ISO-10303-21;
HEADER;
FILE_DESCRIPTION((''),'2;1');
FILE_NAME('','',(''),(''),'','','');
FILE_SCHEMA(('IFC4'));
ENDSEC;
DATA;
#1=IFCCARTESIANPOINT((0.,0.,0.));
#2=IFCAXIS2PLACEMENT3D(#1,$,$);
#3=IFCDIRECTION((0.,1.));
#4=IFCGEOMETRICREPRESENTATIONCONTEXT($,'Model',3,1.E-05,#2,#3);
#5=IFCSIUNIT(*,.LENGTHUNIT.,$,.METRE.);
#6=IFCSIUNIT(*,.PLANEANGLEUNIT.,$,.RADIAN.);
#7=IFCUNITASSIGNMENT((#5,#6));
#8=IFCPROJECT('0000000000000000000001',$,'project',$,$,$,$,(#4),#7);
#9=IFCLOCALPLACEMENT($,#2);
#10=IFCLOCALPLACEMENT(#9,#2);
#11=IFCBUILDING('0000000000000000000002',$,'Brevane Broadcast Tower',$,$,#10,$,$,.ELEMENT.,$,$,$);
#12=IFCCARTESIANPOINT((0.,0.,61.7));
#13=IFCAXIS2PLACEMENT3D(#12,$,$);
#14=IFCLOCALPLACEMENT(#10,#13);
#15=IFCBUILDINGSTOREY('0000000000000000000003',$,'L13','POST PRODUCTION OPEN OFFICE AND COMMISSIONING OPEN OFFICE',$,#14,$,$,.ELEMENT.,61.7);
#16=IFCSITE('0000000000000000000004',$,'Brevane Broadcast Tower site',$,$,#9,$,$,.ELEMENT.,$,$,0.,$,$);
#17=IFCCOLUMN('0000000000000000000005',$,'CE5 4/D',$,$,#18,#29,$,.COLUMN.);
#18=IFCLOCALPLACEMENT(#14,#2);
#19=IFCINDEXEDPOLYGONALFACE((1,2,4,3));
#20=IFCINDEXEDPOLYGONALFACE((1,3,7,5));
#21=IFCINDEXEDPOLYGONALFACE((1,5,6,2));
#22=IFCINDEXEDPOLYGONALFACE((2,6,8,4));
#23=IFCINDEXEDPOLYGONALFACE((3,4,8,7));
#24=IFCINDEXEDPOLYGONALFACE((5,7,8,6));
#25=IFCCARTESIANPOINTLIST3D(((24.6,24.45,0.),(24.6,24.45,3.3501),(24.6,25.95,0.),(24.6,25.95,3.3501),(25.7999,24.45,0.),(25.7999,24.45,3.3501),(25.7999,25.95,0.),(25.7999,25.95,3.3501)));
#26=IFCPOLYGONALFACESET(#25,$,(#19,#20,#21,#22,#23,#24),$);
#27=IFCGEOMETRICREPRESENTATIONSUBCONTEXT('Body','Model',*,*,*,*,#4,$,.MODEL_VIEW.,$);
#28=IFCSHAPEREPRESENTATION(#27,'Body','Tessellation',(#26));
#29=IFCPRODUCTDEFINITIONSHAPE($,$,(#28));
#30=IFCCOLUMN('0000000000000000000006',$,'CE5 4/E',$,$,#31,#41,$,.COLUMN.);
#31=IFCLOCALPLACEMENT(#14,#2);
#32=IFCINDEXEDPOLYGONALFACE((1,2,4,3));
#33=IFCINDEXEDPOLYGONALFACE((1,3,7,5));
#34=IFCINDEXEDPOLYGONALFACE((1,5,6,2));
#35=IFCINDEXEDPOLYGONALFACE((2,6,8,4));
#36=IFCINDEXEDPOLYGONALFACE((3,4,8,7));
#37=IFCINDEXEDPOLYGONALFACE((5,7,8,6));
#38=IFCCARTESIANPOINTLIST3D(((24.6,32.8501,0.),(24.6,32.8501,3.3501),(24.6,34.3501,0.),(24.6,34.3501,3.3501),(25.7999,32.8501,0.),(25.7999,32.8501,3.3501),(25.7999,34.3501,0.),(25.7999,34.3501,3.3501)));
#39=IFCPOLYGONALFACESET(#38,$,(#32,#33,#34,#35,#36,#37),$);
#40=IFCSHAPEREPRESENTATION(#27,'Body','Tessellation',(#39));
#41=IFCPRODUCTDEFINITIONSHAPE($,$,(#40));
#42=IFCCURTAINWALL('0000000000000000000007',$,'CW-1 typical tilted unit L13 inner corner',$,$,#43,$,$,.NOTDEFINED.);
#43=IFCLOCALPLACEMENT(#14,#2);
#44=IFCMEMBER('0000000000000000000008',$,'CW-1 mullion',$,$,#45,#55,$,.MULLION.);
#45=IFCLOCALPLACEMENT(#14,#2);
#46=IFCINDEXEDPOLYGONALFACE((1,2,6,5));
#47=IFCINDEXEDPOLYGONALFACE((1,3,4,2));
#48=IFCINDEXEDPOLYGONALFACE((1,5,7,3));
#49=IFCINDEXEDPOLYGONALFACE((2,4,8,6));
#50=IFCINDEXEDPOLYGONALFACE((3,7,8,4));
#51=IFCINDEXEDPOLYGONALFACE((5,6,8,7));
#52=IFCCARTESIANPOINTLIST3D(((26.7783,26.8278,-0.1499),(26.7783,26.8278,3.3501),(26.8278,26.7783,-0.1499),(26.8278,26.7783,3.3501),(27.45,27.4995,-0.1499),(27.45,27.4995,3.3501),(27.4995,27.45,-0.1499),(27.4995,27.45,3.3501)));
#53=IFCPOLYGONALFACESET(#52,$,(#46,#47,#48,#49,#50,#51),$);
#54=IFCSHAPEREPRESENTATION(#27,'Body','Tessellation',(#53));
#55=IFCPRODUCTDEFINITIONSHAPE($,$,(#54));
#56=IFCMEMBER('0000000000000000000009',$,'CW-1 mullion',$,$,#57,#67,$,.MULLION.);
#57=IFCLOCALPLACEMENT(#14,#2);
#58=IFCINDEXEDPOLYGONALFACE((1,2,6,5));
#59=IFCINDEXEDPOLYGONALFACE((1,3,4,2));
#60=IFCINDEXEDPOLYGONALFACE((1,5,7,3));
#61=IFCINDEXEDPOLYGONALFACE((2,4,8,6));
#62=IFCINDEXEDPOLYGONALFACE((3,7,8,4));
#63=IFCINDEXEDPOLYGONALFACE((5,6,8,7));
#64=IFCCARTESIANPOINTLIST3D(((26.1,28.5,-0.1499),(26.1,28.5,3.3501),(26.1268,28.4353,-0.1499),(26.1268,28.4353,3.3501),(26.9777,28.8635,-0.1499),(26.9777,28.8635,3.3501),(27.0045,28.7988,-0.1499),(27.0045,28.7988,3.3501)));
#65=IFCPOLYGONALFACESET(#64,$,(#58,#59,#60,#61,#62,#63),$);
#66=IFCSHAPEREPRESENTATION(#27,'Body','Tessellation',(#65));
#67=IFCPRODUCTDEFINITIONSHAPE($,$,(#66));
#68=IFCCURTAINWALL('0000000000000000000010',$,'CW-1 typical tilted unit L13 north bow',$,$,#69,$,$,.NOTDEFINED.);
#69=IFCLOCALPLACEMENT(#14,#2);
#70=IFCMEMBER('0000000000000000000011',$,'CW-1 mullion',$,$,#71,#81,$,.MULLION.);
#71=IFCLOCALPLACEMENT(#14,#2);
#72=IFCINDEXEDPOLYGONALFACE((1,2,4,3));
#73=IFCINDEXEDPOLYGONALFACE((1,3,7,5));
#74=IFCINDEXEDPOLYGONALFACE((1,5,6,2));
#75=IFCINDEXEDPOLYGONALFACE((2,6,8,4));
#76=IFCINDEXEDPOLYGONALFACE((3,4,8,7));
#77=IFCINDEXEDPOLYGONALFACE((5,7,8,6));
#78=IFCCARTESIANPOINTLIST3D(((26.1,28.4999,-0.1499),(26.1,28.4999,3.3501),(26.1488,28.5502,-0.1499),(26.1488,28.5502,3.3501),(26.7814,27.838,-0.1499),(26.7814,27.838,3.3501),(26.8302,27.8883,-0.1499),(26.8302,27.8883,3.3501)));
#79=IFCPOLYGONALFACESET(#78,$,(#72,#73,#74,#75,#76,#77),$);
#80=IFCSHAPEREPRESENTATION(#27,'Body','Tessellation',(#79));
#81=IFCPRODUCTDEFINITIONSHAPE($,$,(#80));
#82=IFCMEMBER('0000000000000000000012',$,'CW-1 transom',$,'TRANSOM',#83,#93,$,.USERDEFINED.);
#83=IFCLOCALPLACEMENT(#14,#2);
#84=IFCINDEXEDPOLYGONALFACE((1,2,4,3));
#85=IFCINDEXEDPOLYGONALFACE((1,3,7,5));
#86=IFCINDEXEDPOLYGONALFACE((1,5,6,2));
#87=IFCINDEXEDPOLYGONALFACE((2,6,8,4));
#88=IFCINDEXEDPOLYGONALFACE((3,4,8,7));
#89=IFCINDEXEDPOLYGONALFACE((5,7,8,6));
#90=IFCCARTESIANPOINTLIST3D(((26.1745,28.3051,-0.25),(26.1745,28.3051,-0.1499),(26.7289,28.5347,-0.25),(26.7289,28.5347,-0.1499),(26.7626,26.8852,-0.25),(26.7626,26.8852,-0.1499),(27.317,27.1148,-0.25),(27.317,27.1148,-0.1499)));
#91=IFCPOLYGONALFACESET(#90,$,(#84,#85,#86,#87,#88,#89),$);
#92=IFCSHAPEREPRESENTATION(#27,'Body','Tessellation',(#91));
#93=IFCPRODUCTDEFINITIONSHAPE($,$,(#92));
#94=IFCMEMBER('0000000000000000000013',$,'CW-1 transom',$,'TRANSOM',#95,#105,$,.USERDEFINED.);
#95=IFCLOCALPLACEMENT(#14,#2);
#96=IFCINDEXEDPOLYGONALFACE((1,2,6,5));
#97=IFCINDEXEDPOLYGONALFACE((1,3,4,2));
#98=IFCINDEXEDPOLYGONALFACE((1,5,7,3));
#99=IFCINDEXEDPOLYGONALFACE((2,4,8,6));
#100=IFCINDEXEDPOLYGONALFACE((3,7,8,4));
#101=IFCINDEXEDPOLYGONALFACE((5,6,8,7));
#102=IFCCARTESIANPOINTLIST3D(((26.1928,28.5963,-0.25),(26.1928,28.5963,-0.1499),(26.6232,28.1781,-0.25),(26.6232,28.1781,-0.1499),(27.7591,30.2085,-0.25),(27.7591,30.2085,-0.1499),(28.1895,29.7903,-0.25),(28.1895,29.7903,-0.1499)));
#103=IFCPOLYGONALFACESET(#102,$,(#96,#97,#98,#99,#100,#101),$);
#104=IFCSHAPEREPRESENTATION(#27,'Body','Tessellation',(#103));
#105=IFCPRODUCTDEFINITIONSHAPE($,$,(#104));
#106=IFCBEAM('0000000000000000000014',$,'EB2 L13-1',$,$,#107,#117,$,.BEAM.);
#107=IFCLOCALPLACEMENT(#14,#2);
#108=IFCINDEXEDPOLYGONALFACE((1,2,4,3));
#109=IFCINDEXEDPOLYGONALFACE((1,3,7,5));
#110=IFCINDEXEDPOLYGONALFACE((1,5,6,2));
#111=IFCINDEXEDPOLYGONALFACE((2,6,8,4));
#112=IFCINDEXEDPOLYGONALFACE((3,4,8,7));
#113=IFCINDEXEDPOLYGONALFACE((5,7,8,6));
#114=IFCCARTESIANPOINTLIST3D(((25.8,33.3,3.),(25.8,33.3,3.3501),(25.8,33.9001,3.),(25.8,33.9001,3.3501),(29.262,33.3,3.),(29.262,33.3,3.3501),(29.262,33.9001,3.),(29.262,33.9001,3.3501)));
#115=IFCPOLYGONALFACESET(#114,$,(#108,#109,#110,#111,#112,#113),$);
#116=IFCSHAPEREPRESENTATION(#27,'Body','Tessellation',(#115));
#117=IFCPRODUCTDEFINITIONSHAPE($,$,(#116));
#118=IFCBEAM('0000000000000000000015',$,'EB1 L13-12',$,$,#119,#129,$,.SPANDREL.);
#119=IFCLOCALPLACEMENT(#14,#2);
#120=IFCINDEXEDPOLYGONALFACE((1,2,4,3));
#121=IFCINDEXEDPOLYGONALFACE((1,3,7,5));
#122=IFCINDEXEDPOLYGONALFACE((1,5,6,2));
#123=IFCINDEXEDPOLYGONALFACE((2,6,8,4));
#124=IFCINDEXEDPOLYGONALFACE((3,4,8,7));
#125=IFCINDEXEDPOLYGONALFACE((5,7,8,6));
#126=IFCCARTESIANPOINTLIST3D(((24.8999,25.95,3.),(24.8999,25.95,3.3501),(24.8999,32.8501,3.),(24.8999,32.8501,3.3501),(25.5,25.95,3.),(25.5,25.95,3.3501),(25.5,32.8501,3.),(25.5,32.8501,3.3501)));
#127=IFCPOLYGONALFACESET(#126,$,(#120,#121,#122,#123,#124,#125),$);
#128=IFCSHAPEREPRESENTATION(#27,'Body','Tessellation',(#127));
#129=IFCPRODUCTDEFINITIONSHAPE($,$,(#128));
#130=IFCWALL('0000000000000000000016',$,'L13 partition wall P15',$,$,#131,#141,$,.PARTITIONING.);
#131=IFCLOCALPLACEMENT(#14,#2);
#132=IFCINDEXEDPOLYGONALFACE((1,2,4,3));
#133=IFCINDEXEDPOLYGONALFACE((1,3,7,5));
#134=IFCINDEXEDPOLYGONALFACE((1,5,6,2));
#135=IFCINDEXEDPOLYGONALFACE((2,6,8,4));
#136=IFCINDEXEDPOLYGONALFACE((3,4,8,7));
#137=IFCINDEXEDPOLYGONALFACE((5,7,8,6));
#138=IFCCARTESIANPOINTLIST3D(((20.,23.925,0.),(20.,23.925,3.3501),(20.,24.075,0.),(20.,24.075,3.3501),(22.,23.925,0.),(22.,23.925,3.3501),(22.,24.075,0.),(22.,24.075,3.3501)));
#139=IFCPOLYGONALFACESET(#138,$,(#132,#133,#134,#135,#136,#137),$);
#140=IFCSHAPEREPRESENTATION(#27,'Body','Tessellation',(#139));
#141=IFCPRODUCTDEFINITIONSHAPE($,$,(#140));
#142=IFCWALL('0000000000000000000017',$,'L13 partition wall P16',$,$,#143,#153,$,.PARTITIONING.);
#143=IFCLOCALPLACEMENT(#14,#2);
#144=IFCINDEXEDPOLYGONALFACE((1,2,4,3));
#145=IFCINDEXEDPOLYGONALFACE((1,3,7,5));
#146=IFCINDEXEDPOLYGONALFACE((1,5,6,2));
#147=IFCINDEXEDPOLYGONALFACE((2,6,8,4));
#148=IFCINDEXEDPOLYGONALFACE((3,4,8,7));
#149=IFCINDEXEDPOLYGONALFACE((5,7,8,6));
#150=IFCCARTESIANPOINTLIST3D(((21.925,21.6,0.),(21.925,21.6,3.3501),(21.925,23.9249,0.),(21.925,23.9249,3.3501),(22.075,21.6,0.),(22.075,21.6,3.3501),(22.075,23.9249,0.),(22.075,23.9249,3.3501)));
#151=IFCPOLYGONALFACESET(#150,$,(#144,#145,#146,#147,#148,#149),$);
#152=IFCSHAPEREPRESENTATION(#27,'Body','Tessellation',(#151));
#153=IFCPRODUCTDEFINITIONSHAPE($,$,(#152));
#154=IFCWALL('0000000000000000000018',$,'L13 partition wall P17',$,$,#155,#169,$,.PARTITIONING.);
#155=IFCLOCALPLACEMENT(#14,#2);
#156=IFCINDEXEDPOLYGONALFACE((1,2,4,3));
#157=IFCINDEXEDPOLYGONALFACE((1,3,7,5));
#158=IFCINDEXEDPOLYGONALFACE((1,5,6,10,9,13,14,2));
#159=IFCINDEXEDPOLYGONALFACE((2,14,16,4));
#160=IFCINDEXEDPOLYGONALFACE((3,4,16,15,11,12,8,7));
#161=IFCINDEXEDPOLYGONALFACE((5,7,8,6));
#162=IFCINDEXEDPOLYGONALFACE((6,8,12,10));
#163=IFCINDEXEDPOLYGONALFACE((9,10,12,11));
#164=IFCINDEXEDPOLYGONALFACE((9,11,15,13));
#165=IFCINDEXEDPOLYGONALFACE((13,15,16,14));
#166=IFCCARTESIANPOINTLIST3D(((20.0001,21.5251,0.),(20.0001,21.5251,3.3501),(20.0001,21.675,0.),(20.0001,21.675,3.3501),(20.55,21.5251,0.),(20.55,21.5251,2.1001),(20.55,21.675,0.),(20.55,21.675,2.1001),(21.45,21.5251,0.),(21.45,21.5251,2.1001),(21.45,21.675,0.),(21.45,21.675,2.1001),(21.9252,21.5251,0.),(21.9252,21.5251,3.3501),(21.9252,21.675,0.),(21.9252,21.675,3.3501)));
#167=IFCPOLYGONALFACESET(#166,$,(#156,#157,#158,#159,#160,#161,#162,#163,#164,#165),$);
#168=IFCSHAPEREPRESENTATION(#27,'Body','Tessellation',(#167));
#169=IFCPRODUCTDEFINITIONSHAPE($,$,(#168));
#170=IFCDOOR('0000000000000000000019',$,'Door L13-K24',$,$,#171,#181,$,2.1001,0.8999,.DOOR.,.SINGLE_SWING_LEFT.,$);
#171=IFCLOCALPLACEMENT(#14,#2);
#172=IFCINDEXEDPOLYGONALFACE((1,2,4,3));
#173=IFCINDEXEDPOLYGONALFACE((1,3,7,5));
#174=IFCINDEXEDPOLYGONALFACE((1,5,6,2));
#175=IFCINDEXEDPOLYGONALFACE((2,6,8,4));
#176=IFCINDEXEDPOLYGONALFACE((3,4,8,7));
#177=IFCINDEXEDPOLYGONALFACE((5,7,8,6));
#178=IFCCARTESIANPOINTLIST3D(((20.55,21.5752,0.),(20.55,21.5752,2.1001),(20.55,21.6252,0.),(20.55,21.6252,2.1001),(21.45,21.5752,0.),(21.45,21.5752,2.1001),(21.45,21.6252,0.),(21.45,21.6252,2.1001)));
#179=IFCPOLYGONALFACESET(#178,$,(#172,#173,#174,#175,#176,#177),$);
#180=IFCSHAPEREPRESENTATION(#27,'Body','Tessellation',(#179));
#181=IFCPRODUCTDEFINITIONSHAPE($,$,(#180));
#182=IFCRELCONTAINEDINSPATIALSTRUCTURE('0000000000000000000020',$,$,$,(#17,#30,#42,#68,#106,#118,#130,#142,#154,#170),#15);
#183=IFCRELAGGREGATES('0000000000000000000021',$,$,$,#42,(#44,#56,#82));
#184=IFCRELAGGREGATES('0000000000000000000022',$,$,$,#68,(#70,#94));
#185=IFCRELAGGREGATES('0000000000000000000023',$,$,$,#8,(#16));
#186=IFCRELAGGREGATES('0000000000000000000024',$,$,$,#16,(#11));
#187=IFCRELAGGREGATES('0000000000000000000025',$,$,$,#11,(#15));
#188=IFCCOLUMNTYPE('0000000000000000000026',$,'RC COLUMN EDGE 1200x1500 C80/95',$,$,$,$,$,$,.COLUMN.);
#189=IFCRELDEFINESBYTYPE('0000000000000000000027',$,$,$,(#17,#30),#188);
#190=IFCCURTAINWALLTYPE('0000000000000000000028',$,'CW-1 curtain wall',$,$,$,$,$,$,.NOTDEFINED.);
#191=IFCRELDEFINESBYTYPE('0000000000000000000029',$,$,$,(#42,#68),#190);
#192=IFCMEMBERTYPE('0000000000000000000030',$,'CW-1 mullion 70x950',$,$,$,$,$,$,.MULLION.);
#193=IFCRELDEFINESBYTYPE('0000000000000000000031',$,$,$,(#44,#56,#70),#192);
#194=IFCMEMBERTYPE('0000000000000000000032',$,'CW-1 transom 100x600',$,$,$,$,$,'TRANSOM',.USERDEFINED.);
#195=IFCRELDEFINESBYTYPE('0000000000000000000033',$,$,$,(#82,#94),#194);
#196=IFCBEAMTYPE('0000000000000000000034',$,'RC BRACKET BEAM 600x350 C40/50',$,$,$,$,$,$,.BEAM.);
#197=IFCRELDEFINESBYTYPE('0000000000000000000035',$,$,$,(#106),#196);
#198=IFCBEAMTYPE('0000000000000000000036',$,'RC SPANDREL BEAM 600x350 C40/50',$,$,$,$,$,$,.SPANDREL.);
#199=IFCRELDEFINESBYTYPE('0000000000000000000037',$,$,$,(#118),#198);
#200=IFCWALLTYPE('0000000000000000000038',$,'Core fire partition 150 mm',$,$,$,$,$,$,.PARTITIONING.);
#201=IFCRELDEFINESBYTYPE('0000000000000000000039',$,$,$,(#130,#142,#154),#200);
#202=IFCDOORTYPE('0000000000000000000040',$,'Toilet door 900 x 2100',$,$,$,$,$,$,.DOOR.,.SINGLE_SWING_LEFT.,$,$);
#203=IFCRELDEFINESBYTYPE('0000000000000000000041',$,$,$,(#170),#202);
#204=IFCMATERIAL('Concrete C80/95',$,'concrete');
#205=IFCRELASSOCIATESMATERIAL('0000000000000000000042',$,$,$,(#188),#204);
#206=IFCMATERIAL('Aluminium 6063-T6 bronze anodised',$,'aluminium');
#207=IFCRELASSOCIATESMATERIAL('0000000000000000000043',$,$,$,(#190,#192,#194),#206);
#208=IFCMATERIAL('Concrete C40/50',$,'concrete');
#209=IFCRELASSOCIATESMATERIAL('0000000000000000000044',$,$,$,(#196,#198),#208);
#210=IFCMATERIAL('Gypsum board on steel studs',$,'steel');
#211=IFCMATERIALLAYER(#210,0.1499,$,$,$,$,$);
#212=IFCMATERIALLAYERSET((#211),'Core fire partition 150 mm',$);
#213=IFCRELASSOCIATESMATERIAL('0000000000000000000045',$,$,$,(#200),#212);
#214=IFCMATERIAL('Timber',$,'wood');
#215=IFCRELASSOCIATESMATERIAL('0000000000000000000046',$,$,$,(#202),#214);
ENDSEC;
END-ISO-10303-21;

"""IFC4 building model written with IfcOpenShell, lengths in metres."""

from ifc_helpers import new_model, si_unit, direction, frame, frame_2d, origin, origin_2d, place, context, subcontext, project, spatial, rectangle, extrude, material, layer, layer_set, material_profile, profile_set, type_object, element, fill, aggregate, save


model = new_model("IFC4")

# Units and contexts
model_context = context("Model", 3, precision=1e-05, world=origin(), true_north=direction((0.0, 1.0)))
body_context = subcontext(model_context, "Body", "Model", "MODEL_VIEW")
ifc_project = project(units=[si_unit("LENGTHUNIT", "METRE"), si_unit("PLANEANGLEUNIT", "RADIAN")], contexts=[model_context])

# Site, building, storey
site_placement = place(None, origin())
site = spatial("IfcSite", under=ifc_project, at=site_placement, Name="Brevane Broadcast Tower site", CompositionType="ELEMENT", RefElevation=0.0)
building_placement = place(site_placement, origin())
building = spatial("IfcBuilding", under=site, at=building_placement, Name="Brevane Broadcast Tower", CompositionType="ELEMENT")
storey_placement = place(building_placement, frame((0.0, 0.0, 61.7)))
storey = spatial("IfcBuildingStorey", under=building, at=storey_placement, Name="L13", Description="POST PRODUCTION OPEN OFFICE AND COMMISSIONING OPEN OFFICE", CompositionType="ELEMENT", Elevation=61.7)

# Columns
ifc_material_1 = material(Name="Concrete C80/95", Category="concrete")
ifc_material_profile_1 = material_profile(ifc_material_1, rectangle(XDim=1.2, YDim=1.5, at=origin_2d()), Name="RC 1200x1500")
ifc_profile_set_1 = profile_set([ifc_material_profile_1], Name="Concrete C80/95")
column_type = type_object("IfcColumnType", Name="RC COLUMN EDGE 1200x1500 C80/95", PredefinedType="COLUMN", material=ifc_profile_set_1)
for number, where, z_axis, x_axis, name in (
    (1, (25.2, 25.2, 0.0), (0.0, 0.0, 1.0), (1.0, 0.0, 0.0), "CE5 4/D"),
    (2, (25.2, 33.6001, 0.0), (0.0, 0.0, 1.0), (1.0, 0.0, 0.0), "CE5 4/E"),
):
    element("IfcColumn", number, at=place(storey_placement, frame(where, z_axis=z_axis, x_axis=x_axis)), inside=storey, type_object=column_type, Name=name, PredefinedType="COLUMN", context=body_context, shape_type="SweptSolid", body=[
        extrude(rectangle(XDim=1.2, YDim=1.5, at=origin_2d()), origin(), (0.0, 0.0, 1.0), 3.3501),
    ])

# Curtain wall, members
ifc_material_2 = material(Name="Aluminium 6063-T6 bronze anodised", Category="aluminium")
curtain_wall_type = type_object("IfcCurtainWallType", Name="CW-1 curtain wall", PredefinedType="NOTDEFINED", material=ifc_material_2)
curtain_wall_1_placement = place(storey_placement, origin())
curtain_wall_1 = element("IfcCurtainWall", 3, at=curtain_wall_1_placement, inside=storey, type_object=curtain_wall_type, Name="CW-1 typical tilted unit L13 inner corner", PredefinedType="NOTDEFINED")
ifc_material_profile_2 = material_profile(ifc_material_2, rectangle(XDim=0.95, YDim=0.0701, at=origin_2d()), Name="RECT 70x950")
ifc_profile_set_2 = profile_set([ifc_material_profile_2], Name="Aluminium 6063-T6 bronze anodised")
member_type_1 = type_object("IfcMemberType", Name="CW-1 mullion 70x950", PredefinedType="MULLION", material=ifc_profile_set_2)
member_1_placement = place(storey_placement, frame((27.1389, 27.1389, -0.1499), z_axis=(0.0, 0.0, 1.0), x_axis=(-0.707107, -0.707107, 0.0)))
member_1 = element("IfcMember", 4, at=member_1_placement, type_object=member_type_1, Name="CW-1 mullion", PredefinedType="MULLION", context=body_context, shape_type="SweptSolid", body=[
    extrude(rectangle(XDim=0.95, YDim=0.0701, at=origin_2d()), origin(), (0.0, 0.0, 1.0), 3.5),
])
member_2_placement = place(storey_placement, frame((26.5522, 28.6494, -0.1499), z_axis=(0.0, 0.0, 1.0), x_axis=(-0.923879, -0.382684, 0.0)))
member_2 = element("IfcMember", 5, at=member_2_placement, type_object=member_type_1, Name="CW-1 mullion", PredefinedType="MULLION", context=body_context, shape_type="SweptSolid", body=[
    extrude(rectangle(XDim=0.95, YDim=0.0701, at=origin_2d()), origin(), (0.0, 0.0, 1.0), 3.5),
])

# Curtain wall, member
curtain_wall_2_placement = place(storey_placement, origin())
curtain_wall_2 = element("IfcCurtainWall", 6, at=curtain_wall_2_placement, inside=storey, type_object=curtain_wall_type, Name="CW-1 typical tilted unit L13 north bow", PredefinedType="NOTDEFINED")
member_3_placement = place(storey_placement, frame((26.4651, 28.1941, -0.1499), z_axis=(0.0, 0.0, 1.0), x_axis=(-0.717254, 0.696812, 0.0)))
member_3 = element("IfcMember", 7, at=member_3_placement, type_object=member_type_1, Name="CW-1 mullion", PredefinedType="MULLION", context=body_context, shape_type="SweptSolid", body=[
    extrude(rectangle(XDim=0.95, YDim=0.0701, at=origin_2d()), origin(), (0.0, 0.0, 1.0), 3.5),
])

# Members
ifc_material_profile_3 = material_profile(ifc_material_2, rectangle(XDim=0.6001, YDim=0.1001, at=origin_2d()), Name="RECT 100x600")
ifc_profile_set_3 = profile_set([ifc_material_profile_3], Name="Aluminium 6063-T6 bronze anodised")
member_type_2 = type_object("IfcMemberType", Name="CW-1 transom 100x600", ElementType="TRANSOM", PredefinedType="USERDEFINED", material=ifc_profile_set_3)
member_4_placement = place(storey_placement, frame((27.0398, 27.0, -0.2), z_axis=(-0.382674, 0.923883, 0.0), x_axis=(-0.923883, -0.382674, 0.0)))
member_4 = element("IfcMember", 8, at=member_4_placement, type_object=member_type_2, Name="CW-1 transom", ObjectType="TRANSOM", PredefinedType="USERDEFINED", context=body_context, shape_type="SweptSolid", body=[
    extrude(rectangle(XDim=0.6001, YDim=0.1001, at=origin_2d()), origin(), (0.0, 0.0, 1.0), 1.5369),
])
aggregate(curtain_wall_1, [member_1, member_2, member_4])
member_5_placement = place(storey_placement, frame((26.408, 28.3872, -0.2), z_axis=(0.696824, 0.717242, 0.0), x_axis=(-0.717242, 0.696824, 0.0)))
member_5 = element("IfcMember", 9, at=member_5_placement, type_object=member_type_2, Name="CW-1 transom", ObjectType="TRANSOM", PredefinedType="USERDEFINED", context=body_context, shape_type="SweptSolid", body=[
    extrude(rectangle(XDim=0.6001, YDim=0.1001, at=origin_2d()), origin(), (0.0, 0.0, 1.0), 2.2478),
])
aggregate(curtain_wall_2, [member_3, member_5])

# Beams
ifc_material_3 = material(Name="Concrete C40/50", Category="concrete")
ifc_material_profile_4 = material_profile(ifc_material_3, rectangle(XDim=0.6001, YDim=0.3501, at=origin_2d()), Name="RC 600x350")
ifc_profile_set_4 = profile_set([ifc_material_profile_4], Name="Concrete C40/50")
beam_type_1 = type_object("IfcBeamType", Name="RC BRACKET BEAM 600x350 C40/50", PredefinedType="BEAM", material=ifc_profile_set_4)
beam_1_placement = place(storey_placement, frame((25.8, 33.6001, 3.175), z_axis=(1.0, 0.0, 0.0), x_axis=(0.0, 1.0, 0.0)))
element("IfcBeam", 10, at=beam_1_placement, inside=storey, type_object=beam_type_1, Name="EB2 L13-1", PredefinedType="BEAM", context=body_context, shape_type="SweptSolid", body=[
    extrude(rectangle(XDim=0.6001, YDim=0.3501, at=origin_2d()), origin(), (0.0, 0.0, 1.0), 3.4619),
])
ifc_material_profile_5 = material_profile(ifc_material_3, rectangle(XDim=0.6001, YDim=0.3501, at=origin_2d()), Name="RC 600x350")
ifc_profile_set_5 = profile_set([ifc_material_profile_5], Name="Concrete C40/50")
beam_type_2 = type_object("IfcBeamType", Name="RC SPANDREL BEAM 600x350 C40/50", PredefinedType="SPANDREL", material=ifc_profile_set_5)
beam_2_placement = place(storey_placement, frame((25.2, 25.95, 3.175), z_axis=(0.0, 1.0, 0.0), x_axis=(-1.0, 0.0, 0.0)))
element("IfcBeam", 11, at=beam_2_placement, inside=storey, type_object=beam_type_2, Name="EB1 L13-12", PredefinedType="SPANDREL", context=body_context, shape_type="SweptSolid", body=[
    extrude(rectangle(XDim=0.6001, YDim=0.3501, at=origin_2d()), origin(), (0.0, 0.0, 1.0), 6.9001),
])

# Walls
ifc_material_4 = material(Name="Gypsum board on steel studs", Category="steel")
ifc_layer_1 = layer(ifc_material_4, 0.1499)
ifc_layer_set_1 = layer_set([ifc_layer_1], Name="Core fire partition 150 mm")
wall_type_1 = type_object("IfcWallType", Name="Core fire partition 150 mm", PredefinedType="PARTITIONING", material=ifc_layer_set_1)
wall_1_placement = place(storey_placement, frame((20.0, 24.0, 0.0), z_axis=(0.0, 0.0, 1.0), x_axis=(1.0, 0.0, 0.0)))
element("IfcWall", 12, at=wall_1_placement, inside=storey, type_object=wall_type_1, Name="L13 partition wall P15", PredefinedType="PARTITIONING", context=body_context, shape_type="SweptSolid", body=[
    extrude(rectangle(XDim=2.0, YDim=0.1499, at=frame_2d((1.0, 0.0))), origin(), (0.0, 0.0, 1.0), 3.3501),
])
wall_2_placement = place(storey_placement, frame((22.0, 23.925, 0.0), z_axis=(0.0, 0.0, 1.0), x_axis=(0.0, -1.0, 0.0)))
element("IfcWall", 13, at=wall_2_placement, inside=storey, type_object=wall_type_1, Name="L13 partition wall P16", PredefinedType="PARTITIONING", context=body_context, shape_type="SweptSolid", body=[
    extrude(rectangle(XDim=2.325, YDim=0.1499, at=frame_2d((1.1626, 0.0))), origin(), (0.0, 0.0, 1.0), 3.3501),
])

# Wall, opening, door
wall_3_placement = place(storey_placement, frame((21.925, 21.6001, 0.0), z_axis=(0.0, 0.0, 1.0), x_axis=(-1.0, 0.0, 0.0)))
wall_3 = element("IfcWall", 14, at=wall_3_placement, inside=storey, type_object=wall_type_1, Name="L13 partition wall P17", PredefinedType="PARTITIONING", context=body_context, shape_type="SweptSolid", body=[
    extrude(rectangle(XDim=1.925, YDim=0.1499, at=frame_2d((0.9624, 0.0))), origin(), (0.0, 0.0, 1.0), 3.3501),
])
opening_1_placement = place(wall_3_placement, frame((0.4751, 0.0, 0.0)))
opening_1 = element("IfcOpeningElement", 15, at=opening_1_placement, cuts=wall_3, PredefinedType="OPENING", context=body_context, shape_type="SweptSolid", body=[
    extrude(rectangle(XDim=0.8999, YDim=2.1001, at=frame_2d((0.45, 1.05))), frame((0.0, 0.085, 0.0), z_axis=(0.0, -1.0, 0.0), x_axis=(1.0, 0.0, 0.0)), (0.0, 0.0, 1.0), 0.1699),
])
ifc_material_5 = material(Name="Timber", Category="wood")
door_type_1 = type_object("IfcDoorType", Name="Toilet door 900 x 2100", OperationType="SINGLE_SWING_LEFT", PredefinedType="DOOR", material=ifc_material_5)
door_1_placement = place(opening_1_placement, origin())
door_1 = element("IfcDoor", 16, at=door_1_placement, inside=storey, type_object=door_type_1, Name="Door L13-K24", OperationType="SINGLE_SWING_LEFT", OverallHeight=2.1001, OverallWidth=0.8999, PredefinedType="DOOR", context=body_context, shape_type="SweptSolid", body=[
    extrude(rectangle(XDim=0.8999, YDim=2.1001, at=frame_2d((0.45, 1.05))), frame((0.0, 0.0249, 0.0), z_axis=(0.0, -1.0, 0.0), x_axis=(1.0, 0.0, 0.0)), (0.0, 0.0, 1.0), 0.05),
])
fill(opening_1, door_1)

save(model, "model.ifc")
